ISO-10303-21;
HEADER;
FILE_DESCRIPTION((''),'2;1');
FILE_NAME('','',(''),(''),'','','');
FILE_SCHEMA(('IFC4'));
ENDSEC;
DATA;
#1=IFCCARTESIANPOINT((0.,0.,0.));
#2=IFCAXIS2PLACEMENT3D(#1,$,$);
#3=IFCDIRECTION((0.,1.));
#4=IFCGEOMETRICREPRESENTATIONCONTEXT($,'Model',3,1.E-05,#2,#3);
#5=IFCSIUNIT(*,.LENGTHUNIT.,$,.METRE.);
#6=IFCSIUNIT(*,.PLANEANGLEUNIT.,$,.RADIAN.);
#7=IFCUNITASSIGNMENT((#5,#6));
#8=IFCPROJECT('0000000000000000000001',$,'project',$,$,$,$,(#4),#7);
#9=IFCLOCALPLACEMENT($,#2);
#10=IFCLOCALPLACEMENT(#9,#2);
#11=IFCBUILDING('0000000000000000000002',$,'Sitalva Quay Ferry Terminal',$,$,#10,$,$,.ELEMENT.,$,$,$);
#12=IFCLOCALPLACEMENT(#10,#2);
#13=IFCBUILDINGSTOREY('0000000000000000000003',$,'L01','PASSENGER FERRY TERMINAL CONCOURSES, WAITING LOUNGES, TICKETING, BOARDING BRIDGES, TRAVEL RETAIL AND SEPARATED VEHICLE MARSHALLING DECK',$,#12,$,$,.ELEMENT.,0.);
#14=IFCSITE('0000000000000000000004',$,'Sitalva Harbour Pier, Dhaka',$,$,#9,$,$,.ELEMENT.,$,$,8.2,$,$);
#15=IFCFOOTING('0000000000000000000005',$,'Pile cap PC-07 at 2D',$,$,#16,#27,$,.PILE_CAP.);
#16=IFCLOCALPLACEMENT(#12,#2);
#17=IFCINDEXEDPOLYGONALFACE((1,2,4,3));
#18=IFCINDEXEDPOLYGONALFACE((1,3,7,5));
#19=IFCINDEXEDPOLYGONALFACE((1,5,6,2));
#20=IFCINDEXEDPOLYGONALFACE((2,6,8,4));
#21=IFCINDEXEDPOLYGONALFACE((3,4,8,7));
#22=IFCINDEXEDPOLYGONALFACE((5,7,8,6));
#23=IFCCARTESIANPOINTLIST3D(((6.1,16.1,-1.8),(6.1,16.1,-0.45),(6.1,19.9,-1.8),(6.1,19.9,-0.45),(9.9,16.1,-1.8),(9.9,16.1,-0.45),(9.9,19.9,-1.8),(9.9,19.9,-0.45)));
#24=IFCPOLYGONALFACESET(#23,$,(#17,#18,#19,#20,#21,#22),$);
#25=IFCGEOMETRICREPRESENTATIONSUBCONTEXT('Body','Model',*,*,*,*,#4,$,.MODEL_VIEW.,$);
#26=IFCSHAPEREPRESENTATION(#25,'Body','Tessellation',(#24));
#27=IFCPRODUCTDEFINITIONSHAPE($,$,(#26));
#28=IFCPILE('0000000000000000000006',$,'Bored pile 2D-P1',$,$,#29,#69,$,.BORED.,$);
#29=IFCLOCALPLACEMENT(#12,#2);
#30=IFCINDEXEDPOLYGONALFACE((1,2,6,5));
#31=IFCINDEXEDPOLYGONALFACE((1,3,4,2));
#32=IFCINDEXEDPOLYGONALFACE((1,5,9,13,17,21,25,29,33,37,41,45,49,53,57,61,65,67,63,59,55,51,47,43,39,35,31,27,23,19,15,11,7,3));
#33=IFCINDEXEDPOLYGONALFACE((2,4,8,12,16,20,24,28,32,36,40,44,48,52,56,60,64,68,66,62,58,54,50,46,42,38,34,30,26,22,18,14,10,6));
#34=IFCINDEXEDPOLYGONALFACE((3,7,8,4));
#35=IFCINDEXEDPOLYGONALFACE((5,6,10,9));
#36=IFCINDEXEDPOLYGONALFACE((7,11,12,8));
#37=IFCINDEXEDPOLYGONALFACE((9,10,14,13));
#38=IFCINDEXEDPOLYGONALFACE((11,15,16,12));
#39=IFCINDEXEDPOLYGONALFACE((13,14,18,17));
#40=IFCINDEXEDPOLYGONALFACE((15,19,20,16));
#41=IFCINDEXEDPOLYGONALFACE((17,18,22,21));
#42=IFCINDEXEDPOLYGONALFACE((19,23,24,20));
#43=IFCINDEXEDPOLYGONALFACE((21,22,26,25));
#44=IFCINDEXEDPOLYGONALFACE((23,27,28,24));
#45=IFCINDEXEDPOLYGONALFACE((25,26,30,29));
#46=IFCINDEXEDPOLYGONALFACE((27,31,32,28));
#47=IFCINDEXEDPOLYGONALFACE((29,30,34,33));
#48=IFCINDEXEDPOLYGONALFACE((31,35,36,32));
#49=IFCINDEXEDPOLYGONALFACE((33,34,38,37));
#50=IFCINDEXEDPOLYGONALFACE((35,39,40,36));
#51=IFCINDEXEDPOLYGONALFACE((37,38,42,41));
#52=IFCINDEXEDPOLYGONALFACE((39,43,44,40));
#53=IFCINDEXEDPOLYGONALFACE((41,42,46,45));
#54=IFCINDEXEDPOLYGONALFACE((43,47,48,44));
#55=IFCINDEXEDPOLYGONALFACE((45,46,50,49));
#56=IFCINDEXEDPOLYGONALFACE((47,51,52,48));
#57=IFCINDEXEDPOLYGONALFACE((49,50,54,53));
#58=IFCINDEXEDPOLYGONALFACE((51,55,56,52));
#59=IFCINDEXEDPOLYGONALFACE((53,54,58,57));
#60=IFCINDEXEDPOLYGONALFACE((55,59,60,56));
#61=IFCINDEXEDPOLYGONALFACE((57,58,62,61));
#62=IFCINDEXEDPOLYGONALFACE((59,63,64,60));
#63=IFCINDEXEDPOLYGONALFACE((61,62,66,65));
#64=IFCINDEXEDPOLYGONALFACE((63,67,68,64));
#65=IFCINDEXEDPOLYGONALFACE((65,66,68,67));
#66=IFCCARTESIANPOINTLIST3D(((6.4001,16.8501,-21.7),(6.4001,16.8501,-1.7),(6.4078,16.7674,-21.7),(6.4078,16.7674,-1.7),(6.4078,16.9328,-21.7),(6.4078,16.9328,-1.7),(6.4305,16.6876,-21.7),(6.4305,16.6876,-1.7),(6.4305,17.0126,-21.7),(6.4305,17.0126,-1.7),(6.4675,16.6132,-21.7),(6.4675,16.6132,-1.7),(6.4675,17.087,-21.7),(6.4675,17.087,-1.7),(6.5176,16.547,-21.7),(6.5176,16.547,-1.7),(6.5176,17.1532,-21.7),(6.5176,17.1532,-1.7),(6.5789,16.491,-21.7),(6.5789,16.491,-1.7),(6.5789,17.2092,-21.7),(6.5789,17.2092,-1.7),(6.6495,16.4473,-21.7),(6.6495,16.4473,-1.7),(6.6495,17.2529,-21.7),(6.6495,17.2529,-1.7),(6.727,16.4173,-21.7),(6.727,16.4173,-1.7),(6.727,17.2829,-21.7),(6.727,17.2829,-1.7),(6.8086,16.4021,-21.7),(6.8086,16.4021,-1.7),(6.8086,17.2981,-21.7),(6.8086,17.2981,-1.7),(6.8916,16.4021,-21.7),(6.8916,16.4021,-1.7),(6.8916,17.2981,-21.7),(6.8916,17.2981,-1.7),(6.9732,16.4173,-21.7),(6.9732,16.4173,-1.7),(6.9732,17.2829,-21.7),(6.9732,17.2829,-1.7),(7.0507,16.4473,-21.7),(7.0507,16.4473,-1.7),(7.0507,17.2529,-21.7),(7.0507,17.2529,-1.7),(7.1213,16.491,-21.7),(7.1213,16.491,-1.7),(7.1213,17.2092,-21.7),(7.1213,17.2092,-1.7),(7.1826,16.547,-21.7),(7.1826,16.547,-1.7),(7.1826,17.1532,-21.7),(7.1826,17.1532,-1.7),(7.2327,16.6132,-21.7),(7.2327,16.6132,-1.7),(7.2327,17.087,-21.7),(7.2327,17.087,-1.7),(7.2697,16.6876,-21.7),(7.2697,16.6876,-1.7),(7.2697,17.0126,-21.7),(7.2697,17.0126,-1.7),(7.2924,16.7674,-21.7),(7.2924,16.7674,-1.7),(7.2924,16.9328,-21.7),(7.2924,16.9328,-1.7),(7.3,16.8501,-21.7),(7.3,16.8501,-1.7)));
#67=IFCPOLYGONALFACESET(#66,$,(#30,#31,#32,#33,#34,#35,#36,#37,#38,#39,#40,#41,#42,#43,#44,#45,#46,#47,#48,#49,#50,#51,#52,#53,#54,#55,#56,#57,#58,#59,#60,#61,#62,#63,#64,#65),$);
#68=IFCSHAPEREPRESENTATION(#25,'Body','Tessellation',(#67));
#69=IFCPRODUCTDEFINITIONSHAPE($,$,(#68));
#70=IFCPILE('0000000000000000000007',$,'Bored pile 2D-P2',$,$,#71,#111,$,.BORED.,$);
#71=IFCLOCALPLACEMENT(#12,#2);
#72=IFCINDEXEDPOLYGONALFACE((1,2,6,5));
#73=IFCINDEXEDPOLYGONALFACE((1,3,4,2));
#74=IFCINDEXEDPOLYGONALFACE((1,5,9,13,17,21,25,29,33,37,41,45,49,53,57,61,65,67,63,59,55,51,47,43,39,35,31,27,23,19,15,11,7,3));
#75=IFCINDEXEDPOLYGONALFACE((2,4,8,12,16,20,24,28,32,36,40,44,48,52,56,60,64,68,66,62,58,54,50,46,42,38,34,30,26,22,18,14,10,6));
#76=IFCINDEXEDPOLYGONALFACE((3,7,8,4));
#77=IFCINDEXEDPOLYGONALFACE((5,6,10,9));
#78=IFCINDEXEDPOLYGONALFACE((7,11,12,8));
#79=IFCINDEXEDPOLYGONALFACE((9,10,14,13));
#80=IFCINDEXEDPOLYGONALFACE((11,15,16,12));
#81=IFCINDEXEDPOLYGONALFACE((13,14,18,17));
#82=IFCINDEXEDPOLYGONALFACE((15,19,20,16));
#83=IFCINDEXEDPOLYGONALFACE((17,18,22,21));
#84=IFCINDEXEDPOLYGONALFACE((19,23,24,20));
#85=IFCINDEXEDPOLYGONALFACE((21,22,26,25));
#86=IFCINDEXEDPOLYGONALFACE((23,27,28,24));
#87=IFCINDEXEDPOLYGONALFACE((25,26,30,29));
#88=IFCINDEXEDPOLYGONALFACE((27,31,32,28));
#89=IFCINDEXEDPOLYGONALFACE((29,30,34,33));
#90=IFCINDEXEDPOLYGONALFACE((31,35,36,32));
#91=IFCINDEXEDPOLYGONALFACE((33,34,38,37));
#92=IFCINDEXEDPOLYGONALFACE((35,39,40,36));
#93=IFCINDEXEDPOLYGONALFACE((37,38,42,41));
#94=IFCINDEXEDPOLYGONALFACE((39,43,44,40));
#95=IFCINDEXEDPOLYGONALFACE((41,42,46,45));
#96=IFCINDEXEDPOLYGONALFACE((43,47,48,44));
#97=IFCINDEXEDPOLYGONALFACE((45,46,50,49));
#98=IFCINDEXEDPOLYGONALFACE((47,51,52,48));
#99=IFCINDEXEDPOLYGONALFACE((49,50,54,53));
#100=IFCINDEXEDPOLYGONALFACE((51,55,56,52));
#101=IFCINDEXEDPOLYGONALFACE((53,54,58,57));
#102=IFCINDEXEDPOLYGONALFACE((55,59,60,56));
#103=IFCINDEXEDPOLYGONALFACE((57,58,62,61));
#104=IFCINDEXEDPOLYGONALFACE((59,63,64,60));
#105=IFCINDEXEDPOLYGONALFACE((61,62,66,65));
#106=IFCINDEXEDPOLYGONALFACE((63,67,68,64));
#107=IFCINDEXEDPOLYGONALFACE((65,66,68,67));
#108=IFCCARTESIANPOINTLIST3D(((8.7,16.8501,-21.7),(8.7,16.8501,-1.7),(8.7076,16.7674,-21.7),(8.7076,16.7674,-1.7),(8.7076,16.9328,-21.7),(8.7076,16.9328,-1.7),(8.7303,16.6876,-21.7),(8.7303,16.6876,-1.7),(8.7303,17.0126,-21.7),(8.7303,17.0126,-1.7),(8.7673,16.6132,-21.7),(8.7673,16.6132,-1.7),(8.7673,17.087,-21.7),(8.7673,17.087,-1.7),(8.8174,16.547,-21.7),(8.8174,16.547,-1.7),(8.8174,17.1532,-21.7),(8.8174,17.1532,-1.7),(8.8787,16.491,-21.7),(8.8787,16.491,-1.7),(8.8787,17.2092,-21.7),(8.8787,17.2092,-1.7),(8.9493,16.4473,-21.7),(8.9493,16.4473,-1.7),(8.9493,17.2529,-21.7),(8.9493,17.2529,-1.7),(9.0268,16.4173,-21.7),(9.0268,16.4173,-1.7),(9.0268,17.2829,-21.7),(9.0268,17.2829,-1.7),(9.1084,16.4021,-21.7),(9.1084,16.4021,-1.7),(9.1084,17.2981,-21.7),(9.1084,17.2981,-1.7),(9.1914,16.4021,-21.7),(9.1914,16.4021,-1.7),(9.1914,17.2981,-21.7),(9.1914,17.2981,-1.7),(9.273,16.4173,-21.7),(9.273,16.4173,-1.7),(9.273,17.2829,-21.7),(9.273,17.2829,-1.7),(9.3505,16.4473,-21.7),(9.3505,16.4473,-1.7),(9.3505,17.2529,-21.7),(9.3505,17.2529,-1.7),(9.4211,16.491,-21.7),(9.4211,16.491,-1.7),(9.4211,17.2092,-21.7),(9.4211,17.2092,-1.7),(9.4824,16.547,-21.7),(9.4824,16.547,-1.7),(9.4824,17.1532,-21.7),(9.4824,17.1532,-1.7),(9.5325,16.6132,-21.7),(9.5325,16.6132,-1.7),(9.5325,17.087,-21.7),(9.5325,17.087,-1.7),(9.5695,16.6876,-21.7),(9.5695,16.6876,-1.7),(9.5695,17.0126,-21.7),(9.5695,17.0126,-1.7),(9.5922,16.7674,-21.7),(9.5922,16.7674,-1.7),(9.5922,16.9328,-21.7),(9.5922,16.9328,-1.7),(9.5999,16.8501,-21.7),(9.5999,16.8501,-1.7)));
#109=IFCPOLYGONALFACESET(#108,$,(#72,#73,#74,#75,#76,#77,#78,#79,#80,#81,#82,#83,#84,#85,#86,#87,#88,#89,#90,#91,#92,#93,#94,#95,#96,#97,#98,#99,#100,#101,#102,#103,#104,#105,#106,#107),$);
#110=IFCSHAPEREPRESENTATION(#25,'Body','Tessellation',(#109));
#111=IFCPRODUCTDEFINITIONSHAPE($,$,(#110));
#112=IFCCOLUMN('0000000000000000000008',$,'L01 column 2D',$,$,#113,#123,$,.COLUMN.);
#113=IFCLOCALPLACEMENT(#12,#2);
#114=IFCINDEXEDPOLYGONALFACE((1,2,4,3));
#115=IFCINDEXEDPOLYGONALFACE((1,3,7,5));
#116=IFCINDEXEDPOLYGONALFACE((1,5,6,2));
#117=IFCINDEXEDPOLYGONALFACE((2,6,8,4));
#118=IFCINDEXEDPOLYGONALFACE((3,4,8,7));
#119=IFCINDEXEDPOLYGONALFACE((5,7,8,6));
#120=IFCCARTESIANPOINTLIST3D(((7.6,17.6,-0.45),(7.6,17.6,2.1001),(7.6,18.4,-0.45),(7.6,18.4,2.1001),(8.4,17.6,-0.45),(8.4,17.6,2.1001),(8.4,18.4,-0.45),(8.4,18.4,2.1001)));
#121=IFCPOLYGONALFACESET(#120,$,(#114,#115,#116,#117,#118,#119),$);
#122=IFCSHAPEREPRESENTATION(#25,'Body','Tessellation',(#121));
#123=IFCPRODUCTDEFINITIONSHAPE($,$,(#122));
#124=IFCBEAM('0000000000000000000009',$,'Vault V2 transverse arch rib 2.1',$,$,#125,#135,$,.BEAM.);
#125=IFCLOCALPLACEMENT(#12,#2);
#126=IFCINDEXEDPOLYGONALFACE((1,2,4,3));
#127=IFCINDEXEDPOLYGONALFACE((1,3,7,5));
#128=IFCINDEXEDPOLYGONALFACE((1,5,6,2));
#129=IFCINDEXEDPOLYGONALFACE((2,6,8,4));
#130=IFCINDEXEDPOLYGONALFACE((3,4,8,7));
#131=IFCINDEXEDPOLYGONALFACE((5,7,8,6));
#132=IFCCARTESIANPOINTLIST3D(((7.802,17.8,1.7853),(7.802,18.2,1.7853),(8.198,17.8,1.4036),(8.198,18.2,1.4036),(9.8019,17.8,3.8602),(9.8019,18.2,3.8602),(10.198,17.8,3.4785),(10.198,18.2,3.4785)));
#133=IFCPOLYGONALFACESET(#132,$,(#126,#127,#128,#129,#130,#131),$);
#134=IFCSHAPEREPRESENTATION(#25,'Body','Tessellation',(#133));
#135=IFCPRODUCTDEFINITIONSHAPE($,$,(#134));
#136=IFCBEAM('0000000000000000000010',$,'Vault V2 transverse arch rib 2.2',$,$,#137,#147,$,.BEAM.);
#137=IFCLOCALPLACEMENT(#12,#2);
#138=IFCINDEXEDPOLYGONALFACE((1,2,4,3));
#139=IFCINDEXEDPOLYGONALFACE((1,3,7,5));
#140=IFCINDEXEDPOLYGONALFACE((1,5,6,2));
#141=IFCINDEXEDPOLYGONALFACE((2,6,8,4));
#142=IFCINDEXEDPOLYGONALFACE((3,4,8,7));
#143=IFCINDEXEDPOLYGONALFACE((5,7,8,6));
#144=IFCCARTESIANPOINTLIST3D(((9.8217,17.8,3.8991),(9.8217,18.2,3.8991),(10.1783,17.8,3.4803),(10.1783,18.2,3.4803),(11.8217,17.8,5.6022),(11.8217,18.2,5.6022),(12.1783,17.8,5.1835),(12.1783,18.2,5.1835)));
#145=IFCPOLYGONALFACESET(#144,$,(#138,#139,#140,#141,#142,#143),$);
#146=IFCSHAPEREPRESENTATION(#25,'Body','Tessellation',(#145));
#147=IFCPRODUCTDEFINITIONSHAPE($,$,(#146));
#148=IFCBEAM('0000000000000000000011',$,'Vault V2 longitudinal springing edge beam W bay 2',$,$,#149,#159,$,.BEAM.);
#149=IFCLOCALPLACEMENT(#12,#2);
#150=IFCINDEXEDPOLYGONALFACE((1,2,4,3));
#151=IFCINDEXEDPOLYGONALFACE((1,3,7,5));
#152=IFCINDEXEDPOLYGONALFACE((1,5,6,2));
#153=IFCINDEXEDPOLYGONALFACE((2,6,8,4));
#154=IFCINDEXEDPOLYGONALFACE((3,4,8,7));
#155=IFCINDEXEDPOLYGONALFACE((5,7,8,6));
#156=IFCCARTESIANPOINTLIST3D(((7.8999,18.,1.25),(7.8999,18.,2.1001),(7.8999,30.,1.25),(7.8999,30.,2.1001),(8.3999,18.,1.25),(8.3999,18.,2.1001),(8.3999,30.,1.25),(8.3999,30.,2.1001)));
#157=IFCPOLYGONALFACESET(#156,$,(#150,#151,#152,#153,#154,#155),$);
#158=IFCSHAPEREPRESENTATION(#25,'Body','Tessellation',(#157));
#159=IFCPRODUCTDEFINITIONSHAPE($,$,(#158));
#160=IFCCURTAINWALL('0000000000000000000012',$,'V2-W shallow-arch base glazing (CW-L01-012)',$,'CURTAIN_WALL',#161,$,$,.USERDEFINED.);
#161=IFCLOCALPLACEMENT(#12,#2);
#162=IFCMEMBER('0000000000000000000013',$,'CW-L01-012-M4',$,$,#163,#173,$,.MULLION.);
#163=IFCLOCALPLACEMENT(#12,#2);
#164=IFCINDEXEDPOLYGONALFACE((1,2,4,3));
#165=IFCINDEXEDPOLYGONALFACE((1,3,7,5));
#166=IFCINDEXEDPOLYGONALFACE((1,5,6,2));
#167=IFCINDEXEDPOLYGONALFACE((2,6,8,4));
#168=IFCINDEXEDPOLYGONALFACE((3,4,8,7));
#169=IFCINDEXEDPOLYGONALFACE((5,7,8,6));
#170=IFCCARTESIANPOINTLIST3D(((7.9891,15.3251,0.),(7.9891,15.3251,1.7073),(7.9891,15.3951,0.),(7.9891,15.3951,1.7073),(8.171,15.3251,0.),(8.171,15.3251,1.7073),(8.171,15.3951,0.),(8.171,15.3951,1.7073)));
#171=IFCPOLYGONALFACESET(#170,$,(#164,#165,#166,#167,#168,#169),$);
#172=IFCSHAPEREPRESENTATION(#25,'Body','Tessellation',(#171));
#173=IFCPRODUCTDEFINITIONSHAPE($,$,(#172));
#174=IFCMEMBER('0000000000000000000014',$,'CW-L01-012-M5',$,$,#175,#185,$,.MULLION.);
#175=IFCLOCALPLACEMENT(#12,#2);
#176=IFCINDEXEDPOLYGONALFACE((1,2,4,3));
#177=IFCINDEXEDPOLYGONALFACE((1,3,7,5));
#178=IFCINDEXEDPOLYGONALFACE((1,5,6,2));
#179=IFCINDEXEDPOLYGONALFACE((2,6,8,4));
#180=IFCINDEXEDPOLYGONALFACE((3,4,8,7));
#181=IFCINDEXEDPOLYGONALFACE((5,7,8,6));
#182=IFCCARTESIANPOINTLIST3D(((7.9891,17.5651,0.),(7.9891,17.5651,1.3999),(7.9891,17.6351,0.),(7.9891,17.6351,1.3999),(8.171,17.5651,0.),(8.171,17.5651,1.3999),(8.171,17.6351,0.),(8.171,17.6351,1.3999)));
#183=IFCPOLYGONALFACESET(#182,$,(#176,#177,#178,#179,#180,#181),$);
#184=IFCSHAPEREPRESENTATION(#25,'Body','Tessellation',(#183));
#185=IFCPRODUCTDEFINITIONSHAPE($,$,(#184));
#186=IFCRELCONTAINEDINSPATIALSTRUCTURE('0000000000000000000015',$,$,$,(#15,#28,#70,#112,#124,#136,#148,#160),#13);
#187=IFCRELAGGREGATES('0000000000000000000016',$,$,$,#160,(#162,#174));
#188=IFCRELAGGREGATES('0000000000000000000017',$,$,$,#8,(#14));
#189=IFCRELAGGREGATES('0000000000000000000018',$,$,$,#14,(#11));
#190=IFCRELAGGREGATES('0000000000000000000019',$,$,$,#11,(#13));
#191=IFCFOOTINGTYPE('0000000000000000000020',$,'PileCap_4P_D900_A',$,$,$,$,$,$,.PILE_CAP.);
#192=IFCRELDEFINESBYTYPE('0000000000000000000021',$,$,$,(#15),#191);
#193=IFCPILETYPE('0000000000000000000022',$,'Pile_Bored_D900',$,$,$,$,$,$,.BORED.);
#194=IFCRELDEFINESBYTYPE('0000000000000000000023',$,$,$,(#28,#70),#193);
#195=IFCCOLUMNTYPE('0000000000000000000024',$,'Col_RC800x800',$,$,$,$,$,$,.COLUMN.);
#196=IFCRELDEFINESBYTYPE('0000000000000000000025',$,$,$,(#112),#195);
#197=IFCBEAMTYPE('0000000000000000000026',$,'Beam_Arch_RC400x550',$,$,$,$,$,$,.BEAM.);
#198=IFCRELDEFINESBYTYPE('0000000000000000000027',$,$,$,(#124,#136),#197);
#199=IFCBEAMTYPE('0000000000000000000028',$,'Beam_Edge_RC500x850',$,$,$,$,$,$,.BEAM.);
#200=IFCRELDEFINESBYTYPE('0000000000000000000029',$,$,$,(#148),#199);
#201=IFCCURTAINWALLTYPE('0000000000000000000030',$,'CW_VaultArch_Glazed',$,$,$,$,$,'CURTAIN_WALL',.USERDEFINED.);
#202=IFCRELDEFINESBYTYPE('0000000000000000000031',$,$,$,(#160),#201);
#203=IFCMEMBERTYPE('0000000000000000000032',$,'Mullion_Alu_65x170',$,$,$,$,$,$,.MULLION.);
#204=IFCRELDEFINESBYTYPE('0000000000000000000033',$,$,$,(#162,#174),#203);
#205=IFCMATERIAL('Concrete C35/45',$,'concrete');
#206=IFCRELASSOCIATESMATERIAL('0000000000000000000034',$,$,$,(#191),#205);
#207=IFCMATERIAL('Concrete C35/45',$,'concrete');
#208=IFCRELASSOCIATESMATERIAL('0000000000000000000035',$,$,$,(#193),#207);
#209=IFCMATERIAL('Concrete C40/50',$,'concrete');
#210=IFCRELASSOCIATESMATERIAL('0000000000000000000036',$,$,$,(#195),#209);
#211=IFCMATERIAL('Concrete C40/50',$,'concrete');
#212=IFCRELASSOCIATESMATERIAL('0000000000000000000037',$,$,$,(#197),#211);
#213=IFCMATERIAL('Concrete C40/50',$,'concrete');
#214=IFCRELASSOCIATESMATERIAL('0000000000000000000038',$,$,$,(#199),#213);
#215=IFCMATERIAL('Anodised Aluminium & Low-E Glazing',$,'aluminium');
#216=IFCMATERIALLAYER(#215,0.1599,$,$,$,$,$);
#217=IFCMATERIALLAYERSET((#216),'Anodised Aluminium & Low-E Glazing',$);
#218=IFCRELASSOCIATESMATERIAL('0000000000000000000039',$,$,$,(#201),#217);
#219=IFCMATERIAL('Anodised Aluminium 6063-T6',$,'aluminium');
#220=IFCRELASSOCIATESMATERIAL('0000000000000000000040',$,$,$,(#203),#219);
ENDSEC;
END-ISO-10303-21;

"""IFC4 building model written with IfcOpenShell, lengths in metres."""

from ifc_helpers import new_model, si_unit, direction, frame, origin, origin_2d, place, context, subcontext, project, spatial, rectangle, circle, extrude, material, layer, layer_set, material_profile, profile_set, type_object, element, aggregate, save


model = new_model("IFC4")

# Units and contexts
model_context = context("Model", 3, precision=1e-05, world=origin(), true_north=direction((0.0, 1.0)))
body_context = subcontext(model_context, "Body", "Model", "MODEL_VIEW")
ifc_project = project(units=[si_unit("LENGTHUNIT", "METRE"), si_unit("PLANEANGLEUNIT", "RADIAN")], contexts=[model_context])

# Site, building, storey
site_placement = place(None, origin())
site = spatial("IfcSite", under=ifc_project, at=site_placement, Name="Sitalva Harbour Pier, Dhaka", CompositionType="ELEMENT", RefElevation=8.2)
building_placement = place(site_placement, origin())
building = spatial("IfcBuilding", under=site, at=building_placement, Name="Sitalva Quay Ferry Terminal", CompositionType="ELEMENT")
storey_placement = place(building_placement, origin())
storey = spatial("IfcBuildingStorey", under=building, at=storey_placement, Name="L01", Description="PASSENGER FERRY TERMINAL CONCOURSES, WAITING LOUNGES, TICKETING, BOARDING BRIDGES, TRAVEL RETAIL AND SEPARATED VEHICLE MARSHALLING DECK", CompositionType="ELEMENT", Elevation=0.0)

# Footing
ifc_material_1 = material(Name="Concrete C35/45", Category="concrete")
footing_type = type_object("IfcFootingType", Name="PileCap_4P_D900_A", PredefinedType="PILE_CAP", material=ifc_material_1)
footing_placement = place(storey_placement, frame((8.0, 18.0, -1.8), z_axis=(0.0, 0.0, 1.0), x_axis=(1.0, 0.0, 0.0)))
element("IfcFooting", 1, at=footing_placement, inside=storey, type_object=footing_type, Name="Pile cap PC-07 at 2D", PredefinedType="PILE_CAP", context=body_context, shape_type="SweptSolid", body=[
    extrude(rectangle(XDim=3.8, YDim=3.8, at=origin_2d()), origin(), (0.0, 0.0, 1.0), 1.3501),
])

# Piles
ifc_material_2 = material(Name="Concrete C35/45", Category="concrete")
ifc_material_profile_1 = material_profile(ifc_material_2, circle(Radius=0.45, at=origin_2d()), Name="PILE-D900")
ifc_profile_set_1 = profile_set([ifc_material_profile_1], Name="Concrete C35/45")
pile_type = type_object("IfcPileType", Name="Pile_Bored_D900", PredefinedType="BORED", material=ifc_profile_set_1)
for number, where, z_axis, x_axis, name in (
    (2, (6.8501, 16.8501, -1.7), (0.0, 0.0, -1.0), (1.0, 0.0, 0.0), "Bored pile 2D-P1"),
    (3, (9.1499, 16.8501, -1.7), (0.0, 0.0, -1.0), (1.0, 0.0, 0.0), "Bored pile 2D-P2"),
):
    element("IfcPile", number, at=place(storey_placement, frame(where, z_axis=z_axis, x_axis=x_axis)), inside=storey, type_object=pile_type, Name=name, PredefinedType="BORED", context=body_context, shape_type="SweptSolid", body=[
        extrude(circle(Radius=0.45, at=origin_2d()), origin(), (0.0, 0.0, 1.0), 20.0),
    ])

# Column
ifc_material_3 = material(Name="Concrete C40/50", Category="concrete")
ifc_material_profile_2 = material_profile(ifc_material_3, rectangle(XDim=0.8, YDim=0.8, at=origin_2d()), Name="RC800x800")
ifc_profile_set_2 = profile_set([ifc_material_profile_2], Name="Concrete C40/50")
column_type = type_object("IfcColumnType", Name="Col_RC800x800", PredefinedType="COLUMN", material=ifc_profile_set_2)
column_placement = place(storey_placement, frame((8.0, 18.0, -0.45), z_axis=(0.0, 0.0, 1.0), x_axis=(1.0, 0.0, 0.0)))
element("IfcColumn", 4, at=column_placement, inside=storey, type_object=column_type, Name="L01 column 2D", PredefinedType="COLUMN", context=body_context, shape_type="SweptSolid", body=[
    extrude(rectangle(XDim=0.8, YDim=0.8, at=origin_2d()), origin(), (0.0, 0.0, 1.0), 2.55),
])

# Beams
ifc_material_4 = material(Name="Concrete C40/50", Category="concrete")
ifc_material_profile_3 = material_profile(ifc_material_4, rectangle(XDim=0.3999, YDim=0.55, at=origin_2d()), Name="RC400x550")
ifc_profile_set_3 = profile_set([ifc_material_profile_3], Name="Concrete C40/50")
beam_type_1 = type_object("IfcBeamType", Name="Beam_Arch_RC400x550", PredefinedType="BEAM", material=ifc_profile_set_3)
beam_1_placement = place(storey_placement, frame((8.0, 18.0, 1.5945), z_axis=(0.693983, 0.0, 0.719991), x_axis=(0.0, 1.0, 0.0)))
element("IfcBeam", 5, at=beam_1_placement, inside=storey, type_object=beam_type_1, Name="Vault V2 transverse arch rib 2.1", PredefinedType="BEAM", context=body_context, shape_type="SweptSolid", body=[
    extrude(rectangle(XDim=0.3999, YDim=0.55, at=origin_2d()), origin(), (0.0, 0.0, 1.0), 2.8818),
])
beam_2_placement = place(storey_placement, frame((10.0, 18.0, 3.6897), z_axis=(0.761352, 0.0, 0.648339), x_axis=(0.0, 1.0, 0.0)))
element("IfcBeam", 6, at=beam_2_placement, inside=storey, type_object=beam_type_1, Name="Vault V2 transverse arch rib 2.2", PredefinedType="BEAM", context=body_context, shape_type="SweptSolid", body=[
    extrude(rectangle(XDim=0.3999, YDim=0.55, at=origin_2d()), origin(), (0.0, 0.0, 1.0), 2.627),
])
ifc_material_5 = material(Name="Concrete C40/50", Category="concrete")
ifc_material_profile_4 = material_profile(ifc_material_5, rectangle(XDim=0.5, YDim=0.8501, at=origin_2d()), Name="RC500x850")
ifc_profile_set_4 = profile_set([ifc_material_profile_4], Name="Concrete C40/50")
beam_type_2 = type_object("IfcBeamType", Name="Beam_Edge_RC500x850", PredefinedType="BEAM", material=ifc_profile_set_4)
beam_3_placement = place(storey_placement, frame((8.1499, 18.0, 1.675), z_axis=(0.0, 1.0, 0.0), x_axis=(-1.0, 0.0, 0.0)))
element("IfcBeam", 7, at=beam_3_placement, inside=storey, type_object=beam_type_2, Name="Vault V2 longitudinal springing edge beam W bay 2", PredefinedType="BEAM", context=body_context, shape_type="SweptSolid", body=[
    extrude(rectangle(XDim=0.5, YDim=0.8501, at=origin_2d()), origin(), (0.0, 0.0, 1.0), 12.0),
])

# Curtain wall, members
ifc_material_6 = material(Name="Anodised Aluminium & Low-E Glazing", Category="aluminium")
ifc_layer_1 = layer(ifc_material_6, 0.1599)
ifc_layer_set_1 = layer_set([ifc_layer_1], Name="Anodised Aluminium & Low-E Glazing")
curtain_wall_type = type_object("IfcCurtainWallType", Name="CW_VaultArch_Glazed", ElementType="CURTAIN_WALL", PredefinedType="USERDEFINED", material=ifc_layer_set_1)
curtain_wall_1_placement = place(storey_placement, origin())
curtain_wall_1 = element("IfcCurtainWall", 8, at=curtain_wall_1_placement, inside=storey, type_object=curtain_wall_type, Name="V2-W shallow-arch base glazing (CW-L01-012)", ObjectType="CURTAIN_WALL", PredefinedType="USERDEFINED")
ifc_material_7 = material(Name="Anodised Aluminium 6063-T6", Category="aluminium")
ifc_material_profile_5 = material_profile(ifc_material_7, rectangle(XDim=0.0701, YDim=0.1819, at=origin_2d()), Name="ALU70x182")
ifc_profile_set_5 = profile_set([ifc_material_profile_5], Name="Anodised Aluminium 6063-T6")
member_type_1 = type_object("IfcMemberType", Name="Mullion_Alu_65x170", PredefinedType="MULLION", material=ifc_profile_set_5)
member_1_placement = place(storey_placement, frame((8.0801, 15.3601, 0.0), z_axis=(0.0, 0.0, 1.0), x_axis=(0.0, 1.0, 0.0)))
member_1 = element("IfcMember", 9, at=member_1_placement, type_object=member_type_1, Name="CW-L01-012-M4", PredefinedType="MULLION", context=body_context, shape_type="SweptSolid", body=[
    extrude(rectangle(XDim=0.0701, YDim=0.1819, at=origin_2d()), origin(), (0.0, 0.0, 1.0), 1.7073),
])
member_2_placement = place(storey_placement, frame((8.0801, 17.6001, 0.0), z_axis=(0.0, 0.0, 1.0), x_axis=(0.0, 1.0, 0.0)))
member_2 = element("IfcMember", 10, at=member_2_placement, type_object=member_type_1, Name="CW-L01-012-M5", PredefinedType="MULLION", context=body_context, shape_type="SweptSolid", body=[
    extrude(rectangle(XDim=0.0701, YDim=0.1819, at=origin_2d()), origin(), (0.0, 0.0, 1.0), 1.3999),
])

aggregate(curtain_wall_1, [member_1, member_2])

save(model, "model.ifc")
